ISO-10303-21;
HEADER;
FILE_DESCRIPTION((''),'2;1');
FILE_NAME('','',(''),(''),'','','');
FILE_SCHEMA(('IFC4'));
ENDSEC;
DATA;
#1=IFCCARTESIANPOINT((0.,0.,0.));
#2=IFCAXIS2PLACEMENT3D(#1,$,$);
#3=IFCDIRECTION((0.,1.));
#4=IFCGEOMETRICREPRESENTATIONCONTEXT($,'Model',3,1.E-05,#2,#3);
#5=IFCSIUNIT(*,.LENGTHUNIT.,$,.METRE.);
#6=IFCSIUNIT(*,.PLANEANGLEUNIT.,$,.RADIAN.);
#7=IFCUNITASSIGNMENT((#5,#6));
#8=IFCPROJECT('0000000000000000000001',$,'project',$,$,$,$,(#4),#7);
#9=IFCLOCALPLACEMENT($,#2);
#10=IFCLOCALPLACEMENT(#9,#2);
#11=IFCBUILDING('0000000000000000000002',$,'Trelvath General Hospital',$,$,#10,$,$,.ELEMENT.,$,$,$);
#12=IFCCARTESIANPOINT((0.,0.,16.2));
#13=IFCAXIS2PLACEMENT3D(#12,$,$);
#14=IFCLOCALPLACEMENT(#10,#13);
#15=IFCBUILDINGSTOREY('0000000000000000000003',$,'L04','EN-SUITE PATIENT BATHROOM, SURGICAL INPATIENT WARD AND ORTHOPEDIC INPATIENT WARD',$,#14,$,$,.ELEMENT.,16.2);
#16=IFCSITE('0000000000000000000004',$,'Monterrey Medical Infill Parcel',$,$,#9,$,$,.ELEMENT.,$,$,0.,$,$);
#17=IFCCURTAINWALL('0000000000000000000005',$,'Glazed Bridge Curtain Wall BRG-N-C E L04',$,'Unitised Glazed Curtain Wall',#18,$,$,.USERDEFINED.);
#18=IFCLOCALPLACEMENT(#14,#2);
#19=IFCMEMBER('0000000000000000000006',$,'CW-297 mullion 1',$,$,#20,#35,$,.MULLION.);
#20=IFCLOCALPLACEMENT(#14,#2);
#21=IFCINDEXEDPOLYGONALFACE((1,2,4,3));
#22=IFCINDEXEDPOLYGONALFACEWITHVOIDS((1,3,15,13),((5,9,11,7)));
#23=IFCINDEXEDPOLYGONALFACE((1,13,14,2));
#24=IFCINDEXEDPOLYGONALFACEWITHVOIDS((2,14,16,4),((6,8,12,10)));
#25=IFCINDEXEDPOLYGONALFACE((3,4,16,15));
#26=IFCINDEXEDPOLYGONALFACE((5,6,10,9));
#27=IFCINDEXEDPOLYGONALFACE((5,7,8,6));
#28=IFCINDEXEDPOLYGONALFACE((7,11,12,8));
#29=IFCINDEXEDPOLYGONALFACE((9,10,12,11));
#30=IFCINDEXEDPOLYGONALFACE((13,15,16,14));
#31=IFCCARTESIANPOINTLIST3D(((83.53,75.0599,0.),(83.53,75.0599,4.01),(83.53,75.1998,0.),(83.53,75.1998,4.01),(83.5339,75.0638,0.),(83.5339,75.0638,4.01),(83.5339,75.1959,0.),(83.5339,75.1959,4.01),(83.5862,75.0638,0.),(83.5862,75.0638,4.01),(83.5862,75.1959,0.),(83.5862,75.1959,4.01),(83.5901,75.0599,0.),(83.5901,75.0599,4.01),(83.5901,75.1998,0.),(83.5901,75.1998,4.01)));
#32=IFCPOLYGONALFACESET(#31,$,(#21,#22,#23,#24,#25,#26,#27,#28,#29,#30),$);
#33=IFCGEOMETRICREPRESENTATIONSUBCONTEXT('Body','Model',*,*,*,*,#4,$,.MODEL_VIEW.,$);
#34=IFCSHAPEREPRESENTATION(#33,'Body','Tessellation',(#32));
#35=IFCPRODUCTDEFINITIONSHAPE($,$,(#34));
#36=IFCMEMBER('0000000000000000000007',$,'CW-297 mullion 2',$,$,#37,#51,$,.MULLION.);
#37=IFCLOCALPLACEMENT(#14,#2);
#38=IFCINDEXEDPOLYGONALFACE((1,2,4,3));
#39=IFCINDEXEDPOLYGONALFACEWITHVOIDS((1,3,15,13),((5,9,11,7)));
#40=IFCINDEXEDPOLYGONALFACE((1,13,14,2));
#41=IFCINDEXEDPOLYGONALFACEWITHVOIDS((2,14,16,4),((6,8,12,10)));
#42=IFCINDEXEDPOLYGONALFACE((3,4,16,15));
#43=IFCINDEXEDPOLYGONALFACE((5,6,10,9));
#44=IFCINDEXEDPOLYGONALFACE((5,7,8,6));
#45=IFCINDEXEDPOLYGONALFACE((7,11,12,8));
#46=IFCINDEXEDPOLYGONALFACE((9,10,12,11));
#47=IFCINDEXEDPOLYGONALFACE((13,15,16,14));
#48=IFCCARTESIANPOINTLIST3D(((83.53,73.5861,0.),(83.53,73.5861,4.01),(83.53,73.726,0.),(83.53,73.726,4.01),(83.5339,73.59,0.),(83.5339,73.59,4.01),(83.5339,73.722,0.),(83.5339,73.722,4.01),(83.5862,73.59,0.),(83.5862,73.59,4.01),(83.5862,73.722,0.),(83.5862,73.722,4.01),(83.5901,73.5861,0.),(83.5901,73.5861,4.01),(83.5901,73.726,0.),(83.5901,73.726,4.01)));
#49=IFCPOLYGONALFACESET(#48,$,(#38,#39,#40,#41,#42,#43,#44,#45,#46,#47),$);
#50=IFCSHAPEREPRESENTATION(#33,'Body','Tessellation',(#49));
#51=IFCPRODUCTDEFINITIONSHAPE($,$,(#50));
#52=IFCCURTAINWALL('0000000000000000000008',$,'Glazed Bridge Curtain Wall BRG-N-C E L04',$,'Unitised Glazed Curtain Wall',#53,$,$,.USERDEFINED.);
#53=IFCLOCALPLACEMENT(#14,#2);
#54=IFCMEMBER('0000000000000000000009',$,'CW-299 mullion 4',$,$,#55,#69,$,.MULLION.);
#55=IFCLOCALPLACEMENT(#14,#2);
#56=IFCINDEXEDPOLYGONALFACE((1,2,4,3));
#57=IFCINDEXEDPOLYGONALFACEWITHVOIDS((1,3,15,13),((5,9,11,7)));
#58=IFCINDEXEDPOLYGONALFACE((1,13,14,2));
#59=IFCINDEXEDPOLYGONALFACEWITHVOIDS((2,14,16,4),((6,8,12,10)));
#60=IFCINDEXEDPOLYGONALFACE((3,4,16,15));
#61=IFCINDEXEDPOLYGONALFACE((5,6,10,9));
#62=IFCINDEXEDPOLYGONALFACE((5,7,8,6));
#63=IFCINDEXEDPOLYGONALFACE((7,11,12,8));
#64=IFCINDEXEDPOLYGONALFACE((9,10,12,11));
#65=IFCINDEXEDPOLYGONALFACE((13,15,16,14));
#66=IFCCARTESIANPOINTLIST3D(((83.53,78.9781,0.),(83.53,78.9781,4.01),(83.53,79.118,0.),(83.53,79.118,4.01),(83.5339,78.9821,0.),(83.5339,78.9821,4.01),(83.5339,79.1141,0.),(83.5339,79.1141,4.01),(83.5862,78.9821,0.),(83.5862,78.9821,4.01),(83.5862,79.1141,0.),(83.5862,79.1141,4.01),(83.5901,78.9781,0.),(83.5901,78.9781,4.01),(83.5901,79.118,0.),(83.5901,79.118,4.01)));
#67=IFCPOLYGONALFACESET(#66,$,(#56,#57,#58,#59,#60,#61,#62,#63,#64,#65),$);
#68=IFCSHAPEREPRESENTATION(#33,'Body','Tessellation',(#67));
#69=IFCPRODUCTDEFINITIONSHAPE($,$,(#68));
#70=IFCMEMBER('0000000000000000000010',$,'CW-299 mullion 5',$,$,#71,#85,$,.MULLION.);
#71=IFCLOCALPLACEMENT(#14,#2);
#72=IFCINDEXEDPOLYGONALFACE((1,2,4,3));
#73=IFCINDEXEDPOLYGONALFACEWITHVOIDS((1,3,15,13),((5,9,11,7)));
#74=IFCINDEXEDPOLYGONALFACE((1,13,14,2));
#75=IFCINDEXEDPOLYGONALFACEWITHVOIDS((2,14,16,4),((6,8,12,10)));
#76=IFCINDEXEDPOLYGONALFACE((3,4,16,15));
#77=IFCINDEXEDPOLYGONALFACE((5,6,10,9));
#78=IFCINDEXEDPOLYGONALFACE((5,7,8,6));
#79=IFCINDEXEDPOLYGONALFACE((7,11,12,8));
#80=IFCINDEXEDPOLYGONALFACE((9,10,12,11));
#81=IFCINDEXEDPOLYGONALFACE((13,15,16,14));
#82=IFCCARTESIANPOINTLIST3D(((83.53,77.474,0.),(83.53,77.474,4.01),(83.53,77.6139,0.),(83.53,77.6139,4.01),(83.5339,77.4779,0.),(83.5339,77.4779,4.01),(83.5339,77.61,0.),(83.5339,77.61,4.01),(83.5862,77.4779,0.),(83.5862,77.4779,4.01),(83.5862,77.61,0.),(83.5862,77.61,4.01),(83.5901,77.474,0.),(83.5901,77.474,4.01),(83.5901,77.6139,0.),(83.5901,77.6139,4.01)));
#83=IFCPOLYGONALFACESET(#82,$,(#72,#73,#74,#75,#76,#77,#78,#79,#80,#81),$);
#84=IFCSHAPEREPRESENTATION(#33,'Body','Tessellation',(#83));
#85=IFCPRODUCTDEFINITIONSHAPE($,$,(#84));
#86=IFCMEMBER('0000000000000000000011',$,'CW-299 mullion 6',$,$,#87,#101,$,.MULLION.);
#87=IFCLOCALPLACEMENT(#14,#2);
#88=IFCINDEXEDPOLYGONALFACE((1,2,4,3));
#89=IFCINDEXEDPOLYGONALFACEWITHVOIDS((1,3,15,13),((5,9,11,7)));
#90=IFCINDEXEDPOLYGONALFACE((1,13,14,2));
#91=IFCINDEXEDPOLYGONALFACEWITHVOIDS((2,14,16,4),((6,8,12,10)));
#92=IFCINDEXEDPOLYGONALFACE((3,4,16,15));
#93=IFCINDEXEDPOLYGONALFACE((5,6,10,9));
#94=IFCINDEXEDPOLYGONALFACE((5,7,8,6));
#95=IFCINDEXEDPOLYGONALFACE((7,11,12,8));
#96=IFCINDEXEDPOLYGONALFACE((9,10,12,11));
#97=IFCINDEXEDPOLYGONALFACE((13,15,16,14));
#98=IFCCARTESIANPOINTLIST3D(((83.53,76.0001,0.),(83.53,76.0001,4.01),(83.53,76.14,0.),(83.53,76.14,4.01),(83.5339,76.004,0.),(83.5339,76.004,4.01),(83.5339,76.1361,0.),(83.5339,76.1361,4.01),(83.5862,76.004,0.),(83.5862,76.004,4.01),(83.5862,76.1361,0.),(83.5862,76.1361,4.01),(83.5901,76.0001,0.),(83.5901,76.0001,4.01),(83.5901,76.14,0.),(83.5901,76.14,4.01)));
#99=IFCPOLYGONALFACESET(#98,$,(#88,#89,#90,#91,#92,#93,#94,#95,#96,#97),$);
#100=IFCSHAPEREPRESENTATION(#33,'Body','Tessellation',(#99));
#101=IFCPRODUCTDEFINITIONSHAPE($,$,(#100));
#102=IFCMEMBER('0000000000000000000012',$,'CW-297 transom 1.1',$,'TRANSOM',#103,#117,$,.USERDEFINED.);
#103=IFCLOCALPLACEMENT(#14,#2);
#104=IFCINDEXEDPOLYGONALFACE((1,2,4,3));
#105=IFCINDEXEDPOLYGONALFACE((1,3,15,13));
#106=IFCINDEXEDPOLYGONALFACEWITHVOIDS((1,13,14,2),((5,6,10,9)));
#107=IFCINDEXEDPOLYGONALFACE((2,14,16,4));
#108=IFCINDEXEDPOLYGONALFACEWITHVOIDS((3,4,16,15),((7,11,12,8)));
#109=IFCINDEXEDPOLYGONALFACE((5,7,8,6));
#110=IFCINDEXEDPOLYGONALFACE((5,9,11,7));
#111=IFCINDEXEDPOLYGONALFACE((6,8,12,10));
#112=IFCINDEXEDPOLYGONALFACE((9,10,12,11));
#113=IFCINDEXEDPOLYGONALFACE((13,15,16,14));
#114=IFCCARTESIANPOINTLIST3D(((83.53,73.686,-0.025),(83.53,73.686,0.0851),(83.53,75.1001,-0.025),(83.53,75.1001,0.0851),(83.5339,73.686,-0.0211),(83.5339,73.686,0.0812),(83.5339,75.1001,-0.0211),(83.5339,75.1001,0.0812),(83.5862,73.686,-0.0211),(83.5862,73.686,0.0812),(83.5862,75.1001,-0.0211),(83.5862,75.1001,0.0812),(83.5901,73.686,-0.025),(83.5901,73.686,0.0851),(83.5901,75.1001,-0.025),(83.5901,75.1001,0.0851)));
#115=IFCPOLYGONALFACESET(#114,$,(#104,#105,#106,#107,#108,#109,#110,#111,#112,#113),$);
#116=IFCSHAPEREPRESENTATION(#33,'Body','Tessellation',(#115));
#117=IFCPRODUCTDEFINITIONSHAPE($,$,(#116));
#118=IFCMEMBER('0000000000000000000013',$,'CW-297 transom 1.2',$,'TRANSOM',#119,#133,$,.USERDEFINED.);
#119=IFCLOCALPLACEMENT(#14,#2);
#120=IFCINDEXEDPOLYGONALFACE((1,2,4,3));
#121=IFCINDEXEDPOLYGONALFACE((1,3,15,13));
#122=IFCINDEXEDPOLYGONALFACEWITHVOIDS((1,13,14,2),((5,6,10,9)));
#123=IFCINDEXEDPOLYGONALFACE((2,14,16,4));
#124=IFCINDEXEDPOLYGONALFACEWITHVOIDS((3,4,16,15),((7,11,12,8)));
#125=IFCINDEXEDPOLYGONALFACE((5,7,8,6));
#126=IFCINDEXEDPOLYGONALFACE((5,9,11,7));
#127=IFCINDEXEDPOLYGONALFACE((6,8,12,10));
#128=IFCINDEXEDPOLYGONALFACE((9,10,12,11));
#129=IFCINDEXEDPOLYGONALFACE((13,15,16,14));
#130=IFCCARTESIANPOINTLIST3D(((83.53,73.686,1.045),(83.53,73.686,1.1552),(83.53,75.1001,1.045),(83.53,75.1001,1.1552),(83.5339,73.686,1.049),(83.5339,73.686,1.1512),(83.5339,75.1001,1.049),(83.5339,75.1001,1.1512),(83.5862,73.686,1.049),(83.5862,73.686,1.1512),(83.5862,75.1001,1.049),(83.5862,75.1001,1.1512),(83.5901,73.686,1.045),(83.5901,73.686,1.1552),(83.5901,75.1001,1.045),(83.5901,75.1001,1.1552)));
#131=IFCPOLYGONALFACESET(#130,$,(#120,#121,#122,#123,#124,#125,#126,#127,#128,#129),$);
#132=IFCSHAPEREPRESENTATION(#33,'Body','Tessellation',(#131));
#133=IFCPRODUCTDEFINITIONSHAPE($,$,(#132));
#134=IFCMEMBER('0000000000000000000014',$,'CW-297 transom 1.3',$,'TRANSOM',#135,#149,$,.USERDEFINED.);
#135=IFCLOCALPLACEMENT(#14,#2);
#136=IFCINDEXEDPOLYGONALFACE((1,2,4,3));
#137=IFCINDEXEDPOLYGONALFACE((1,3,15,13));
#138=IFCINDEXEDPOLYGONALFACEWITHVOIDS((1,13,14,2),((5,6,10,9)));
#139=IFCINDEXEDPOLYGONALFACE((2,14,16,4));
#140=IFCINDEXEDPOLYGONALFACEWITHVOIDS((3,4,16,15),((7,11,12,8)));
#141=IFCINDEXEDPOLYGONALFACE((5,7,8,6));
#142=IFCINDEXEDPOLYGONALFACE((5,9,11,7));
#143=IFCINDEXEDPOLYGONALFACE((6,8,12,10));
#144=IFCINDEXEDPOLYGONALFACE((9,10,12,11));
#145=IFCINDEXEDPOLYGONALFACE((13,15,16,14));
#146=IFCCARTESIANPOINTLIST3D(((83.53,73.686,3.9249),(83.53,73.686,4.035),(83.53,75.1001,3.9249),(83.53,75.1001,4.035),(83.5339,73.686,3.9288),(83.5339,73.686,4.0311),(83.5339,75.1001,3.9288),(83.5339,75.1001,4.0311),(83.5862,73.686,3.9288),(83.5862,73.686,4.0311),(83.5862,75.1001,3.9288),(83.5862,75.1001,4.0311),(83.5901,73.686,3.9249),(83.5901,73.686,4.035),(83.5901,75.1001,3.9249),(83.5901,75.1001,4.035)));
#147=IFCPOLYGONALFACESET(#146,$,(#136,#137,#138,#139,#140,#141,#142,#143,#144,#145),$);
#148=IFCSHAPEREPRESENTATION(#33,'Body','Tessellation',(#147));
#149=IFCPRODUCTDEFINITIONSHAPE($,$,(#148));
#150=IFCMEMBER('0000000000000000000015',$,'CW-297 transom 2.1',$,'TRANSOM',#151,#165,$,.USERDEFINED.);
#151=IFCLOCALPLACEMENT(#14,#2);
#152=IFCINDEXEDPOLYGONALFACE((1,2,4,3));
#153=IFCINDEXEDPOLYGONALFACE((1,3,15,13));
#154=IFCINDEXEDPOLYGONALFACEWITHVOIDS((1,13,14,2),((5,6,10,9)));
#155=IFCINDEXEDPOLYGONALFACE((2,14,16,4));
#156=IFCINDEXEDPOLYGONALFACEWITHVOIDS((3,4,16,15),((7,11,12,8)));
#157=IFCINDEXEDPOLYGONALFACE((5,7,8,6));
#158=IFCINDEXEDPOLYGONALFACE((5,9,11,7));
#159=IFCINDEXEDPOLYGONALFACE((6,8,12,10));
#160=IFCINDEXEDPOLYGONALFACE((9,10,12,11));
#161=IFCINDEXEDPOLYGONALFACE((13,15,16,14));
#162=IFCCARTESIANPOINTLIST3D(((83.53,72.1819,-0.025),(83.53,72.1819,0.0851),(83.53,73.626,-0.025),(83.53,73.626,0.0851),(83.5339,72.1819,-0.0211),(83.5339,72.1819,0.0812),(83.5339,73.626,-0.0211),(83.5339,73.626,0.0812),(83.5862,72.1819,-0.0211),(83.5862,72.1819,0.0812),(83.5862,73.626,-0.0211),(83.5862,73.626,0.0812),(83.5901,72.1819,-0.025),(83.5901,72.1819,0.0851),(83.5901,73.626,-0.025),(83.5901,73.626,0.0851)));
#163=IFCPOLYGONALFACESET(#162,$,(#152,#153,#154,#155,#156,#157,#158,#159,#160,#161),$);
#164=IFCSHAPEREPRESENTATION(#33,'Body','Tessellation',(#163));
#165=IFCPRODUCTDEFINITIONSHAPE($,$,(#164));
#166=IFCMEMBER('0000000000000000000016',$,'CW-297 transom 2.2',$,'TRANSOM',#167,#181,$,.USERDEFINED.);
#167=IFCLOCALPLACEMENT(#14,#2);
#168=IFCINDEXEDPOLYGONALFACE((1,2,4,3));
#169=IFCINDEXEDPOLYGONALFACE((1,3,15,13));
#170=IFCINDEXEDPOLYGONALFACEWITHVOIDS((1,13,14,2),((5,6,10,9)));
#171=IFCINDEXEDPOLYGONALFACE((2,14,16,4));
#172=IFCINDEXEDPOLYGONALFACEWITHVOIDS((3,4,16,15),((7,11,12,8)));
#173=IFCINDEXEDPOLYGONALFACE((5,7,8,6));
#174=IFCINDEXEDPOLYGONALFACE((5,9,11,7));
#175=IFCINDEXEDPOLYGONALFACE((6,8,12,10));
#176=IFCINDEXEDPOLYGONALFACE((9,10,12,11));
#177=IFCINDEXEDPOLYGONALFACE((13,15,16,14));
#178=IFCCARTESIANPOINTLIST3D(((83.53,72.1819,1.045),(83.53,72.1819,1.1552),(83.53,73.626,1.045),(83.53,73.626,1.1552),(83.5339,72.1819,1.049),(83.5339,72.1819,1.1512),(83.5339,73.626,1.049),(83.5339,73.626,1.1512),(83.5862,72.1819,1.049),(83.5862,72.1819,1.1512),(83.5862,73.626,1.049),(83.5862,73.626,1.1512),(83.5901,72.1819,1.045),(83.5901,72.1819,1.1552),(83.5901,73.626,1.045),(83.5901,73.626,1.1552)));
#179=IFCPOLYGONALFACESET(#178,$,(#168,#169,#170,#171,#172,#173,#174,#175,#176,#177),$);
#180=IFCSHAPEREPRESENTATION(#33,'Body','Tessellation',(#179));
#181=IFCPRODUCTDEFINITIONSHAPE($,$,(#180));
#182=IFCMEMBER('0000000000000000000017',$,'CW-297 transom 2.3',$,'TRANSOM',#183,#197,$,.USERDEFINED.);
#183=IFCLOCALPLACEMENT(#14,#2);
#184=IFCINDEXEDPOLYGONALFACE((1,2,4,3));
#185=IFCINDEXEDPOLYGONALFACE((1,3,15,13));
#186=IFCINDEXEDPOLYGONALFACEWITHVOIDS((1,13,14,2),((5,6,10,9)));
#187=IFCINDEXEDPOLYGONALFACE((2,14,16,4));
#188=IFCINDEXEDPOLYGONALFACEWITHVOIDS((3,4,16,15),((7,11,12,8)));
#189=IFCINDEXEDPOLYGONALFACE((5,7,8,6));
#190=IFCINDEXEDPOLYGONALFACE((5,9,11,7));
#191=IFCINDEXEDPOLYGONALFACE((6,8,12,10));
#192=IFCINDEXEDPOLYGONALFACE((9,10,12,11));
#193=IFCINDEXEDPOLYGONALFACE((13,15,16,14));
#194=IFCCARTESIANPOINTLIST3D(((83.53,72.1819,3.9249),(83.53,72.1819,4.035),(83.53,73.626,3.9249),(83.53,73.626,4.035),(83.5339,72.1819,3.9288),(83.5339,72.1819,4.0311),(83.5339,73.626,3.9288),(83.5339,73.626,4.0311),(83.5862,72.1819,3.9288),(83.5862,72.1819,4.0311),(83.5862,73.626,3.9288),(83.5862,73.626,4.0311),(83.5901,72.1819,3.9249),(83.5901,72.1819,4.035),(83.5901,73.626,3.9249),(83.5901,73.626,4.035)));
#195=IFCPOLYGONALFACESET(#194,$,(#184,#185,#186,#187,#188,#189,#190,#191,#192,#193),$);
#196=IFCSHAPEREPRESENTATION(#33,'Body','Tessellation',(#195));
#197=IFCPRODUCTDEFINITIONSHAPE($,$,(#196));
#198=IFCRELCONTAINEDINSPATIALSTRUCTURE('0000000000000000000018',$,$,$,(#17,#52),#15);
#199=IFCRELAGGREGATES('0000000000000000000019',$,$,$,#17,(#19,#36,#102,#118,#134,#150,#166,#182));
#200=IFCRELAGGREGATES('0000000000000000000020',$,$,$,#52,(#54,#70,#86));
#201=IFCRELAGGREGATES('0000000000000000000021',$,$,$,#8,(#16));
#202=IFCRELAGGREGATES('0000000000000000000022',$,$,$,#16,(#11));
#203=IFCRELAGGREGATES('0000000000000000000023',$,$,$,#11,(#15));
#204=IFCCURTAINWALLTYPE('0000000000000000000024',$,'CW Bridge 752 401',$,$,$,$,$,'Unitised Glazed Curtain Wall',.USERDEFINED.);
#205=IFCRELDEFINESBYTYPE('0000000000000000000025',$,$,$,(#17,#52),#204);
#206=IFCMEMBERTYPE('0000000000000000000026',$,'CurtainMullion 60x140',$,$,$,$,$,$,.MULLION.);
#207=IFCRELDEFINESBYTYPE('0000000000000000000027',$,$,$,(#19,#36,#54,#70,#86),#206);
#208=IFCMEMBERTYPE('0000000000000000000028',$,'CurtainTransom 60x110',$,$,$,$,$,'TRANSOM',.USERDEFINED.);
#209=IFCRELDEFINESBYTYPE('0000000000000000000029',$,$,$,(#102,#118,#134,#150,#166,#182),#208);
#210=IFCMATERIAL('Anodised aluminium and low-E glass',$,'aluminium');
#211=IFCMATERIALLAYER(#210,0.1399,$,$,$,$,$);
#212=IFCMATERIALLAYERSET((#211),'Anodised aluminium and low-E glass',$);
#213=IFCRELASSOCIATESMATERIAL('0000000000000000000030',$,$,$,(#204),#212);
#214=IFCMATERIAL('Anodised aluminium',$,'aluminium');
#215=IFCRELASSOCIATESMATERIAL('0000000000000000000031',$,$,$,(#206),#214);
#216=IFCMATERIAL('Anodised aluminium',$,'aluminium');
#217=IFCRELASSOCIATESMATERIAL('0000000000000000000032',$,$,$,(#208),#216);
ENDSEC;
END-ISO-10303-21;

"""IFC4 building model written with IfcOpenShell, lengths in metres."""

from ifc_helpers import new_model, si_unit, direction, frame, origin, origin_2d, place, context, subcontext, project, spatial, hollow_rectangle, extrude, material, layer, layer_set, material_profile, profile_set, type_object, element, aggregate, save


model = new_model("IFC4")

# Units and contexts
model_context = context("Model", 3, precision=1e-05, world=origin(), true_north=direction((0.0, 1.0)))
body_context = subcontext(model_context, "Body", "Model", "MODEL_VIEW")
ifc_project = project(units=[si_unit("LENGTHUNIT", "METRE"), si_unit("PLANEANGLEUNIT", "RADIAN")], contexts=[model_context])

# Site, building, storey
site_placement = place(None, origin())
site = spatial("IfcSite", under=ifc_project, at=site_placement, Name="Monterrey Medical Infill Parcel", CompositionType="ELEMENT", RefElevation=0.0)
building_placement = place(site_placement, origin())
building = spatial("IfcBuilding", under=site, at=building_placement, Name="Trelvath General Hospital", CompositionType="ELEMENT")
storey_placement = place(building_placement, frame((0.0, 0.0, 16.2)))
storey = spatial("IfcBuildingStorey", under=building, at=storey_placement, Name="L04", Description="EN-SUITE PATIENT BATHROOM, SURGICAL INPATIENT WARD AND ORTHOPEDIC INPATIENT WARD", CompositionType="ELEMENT", Elevation=16.2)

# Curtain walls, members
ifc_material_1 = material(Name="Anodised aluminium and low-E glass", Category="aluminium")
ifc_layer_1 = layer(ifc_material_1, 0.1399)
ifc_layer_set_1 = layer_set([ifc_layer_1], Name="Anodised aluminium and low-E glass")
curtain_wall_type = type_object("IfcCurtainWallType", Name="CW Bridge 752 401", ElementType="Unitised Glazed Curtain Wall", PredefinedType="USERDEFINED", material=ifc_layer_set_1)
curtain_wall_1_placement = place(storey_placement, origin())
curtain_wall_1 = element("IfcCurtainWall", 1, at=curtain_wall_1_placement, inside=storey, type_object=curtain_wall_type, Name="Glazed Bridge Curtain Wall BRG-N-C E L04", ObjectType="Unitised Glazed Curtain Wall", PredefinedType="USERDEFINED")
ifc_material_2 = material(Name="Anodised aluminium", Category="aluminium")
ifc_material_profile_1 = material_profile(ifc_material_2, hollow_rectangle(XDim=0.0601, YDim=0.1399, WallThickness=0.0039, at=origin_2d()), Name="RHS60x140x4")
ifc_profile_set_1 = profile_set([ifc_material_profile_1], Name="Anodised aluminium")
member_type_1 = type_object("IfcMemberType", Name="CurtainMullion 60x140", PredefinedType="MULLION", material=ifc_profile_set_1)
member_1_placement = place(storey_placement, frame((83.5601, 75.1299, 0.0), z_axis=(0.0, 0.0, 1.0), x_axis=(1.0, 0.0, 0.0)))
member_1 = element("IfcMember", 2, at=member_1_placement, type_object=member_type_1, Name="CW-297 mullion 1", PredefinedType="MULLION", context=body_context, shape_type="SweptSolid", body=[
    extrude(hollow_rectangle(XDim=0.0601, YDim=0.1399, WallThickness=0.0039, at=origin_2d()), origin(), (0.0, 0.0, 1.0), 4.01),
])
member_2_placement = place(storey_placement, frame((83.5601, 73.656, 0.0), z_axis=(0.0, 0.0, 1.0), x_axis=(1.0, 0.0, 0.0)))
member_2 = element("IfcMember", 3, at=member_2_placement, type_object=member_type_1, Name="CW-297 mullion 2", PredefinedType="MULLION", context=body_context, shape_type="SweptSolid", body=[
    extrude(hollow_rectangle(XDim=0.0601, YDim=0.1399, WallThickness=0.0039, at=origin_2d()), origin(), (0.0, 0.0, 1.0), 4.01),
])
curtain_wall_2_placement = place(storey_placement, origin())
curtain_wall_2 = element("IfcCurtainWall", 4, at=curtain_wall_2_placement, inside=storey, type_object=curtain_wall_type, Name="Glazed Bridge Curtain Wall BRG-N-C E L04", ObjectType="Unitised Glazed Curtain Wall", PredefinedType="USERDEFINED")
member_3_placement = place(storey_placement, frame((83.5601, 79.0481, 0.0), z_axis=(0.0, 0.0, 1.0), x_axis=(1.0, 0.0, 0.0)))
member_3 = element("IfcMember", 5, at=member_3_placement, type_object=member_type_1, Name="CW-299 mullion 4", PredefinedType="MULLION", context=body_context, shape_type="SweptSolid", body=[
    extrude(hollow_rectangle(XDim=0.0601, YDim=0.1399, WallThickness=0.0039, at=origin_2d()), origin(), (0.0, 0.0, 1.0), 4.01),
])
member_4_placement = place(storey_placement, frame((83.5601, 77.5439, 0.0), z_axis=(0.0, 0.0, 1.0), x_axis=(1.0, 0.0, 0.0)))
member_4 = element("IfcMember", 6, at=member_4_placement, type_object=member_type_1, Name="CW-299 mullion 5", PredefinedType="MULLION", context=body_context, shape_type="SweptSolid", body=[
    extrude(hollow_rectangle(XDim=0.0601, YDim=0.1399, WallThickness=0.0039, at=origin_2d()), origin(), (0.0, 0.0, 1.0), 4.01),
])
member_5_placement = place(storey_placement, frame((83.5601, 76.0701, 0.0), z_axis=(0.0, 0.0, 1.0), x_axis=(1.0, 0.0, 0.0)))
member_5 = element("IfcMember", 7, at=member_5_placement, type_object=member_type_1, Name="CW-299 mullion 6", PredefinedType="MULLION", context=body_context, shape_type="SweptSolid", body=[
    extrude(hollow_rectangle(XDim=0.0601, YDim=0.1399, WallThickness=0.0039, at=origin_2d()), origin(), (0.0, 0.0, 1.0), 4.01),
])

# Members
ifc_material_3 = material(Name="Anodised aluminium", Category="aluminium")
ifc_material_profile_2 = material_profile(ifc_material_3, hollow_rectangle(XDim=0.0601, YDim=0.1101, WallThickness=0.0039, at=origin_2d()), Name="RHS60x110x4")
ifc_profile_set_2 = profile_set([ifc_material_profile_2], Name="Anodised aluminium")
member_type_2 = type_object("IfcMemberType", Name="CurtainTransom 60x110", ElementType="TRANSOM", PredefinedType="USERDEFINED", material=ifc_profile_set_2)
member_6_placement = place(storey_placement, frame((83.5601, 75.1001, 0.03), z_axis=(0.0, -1.0, 0.0), x_axis=(1.0, 0.0, 0.0)))
member_6 = element("IfcMember", 8, at=member_6_placement, type_object=member_type_2, Name="CW-297 transom 1.1", ObjectType="TRANSOM", PredefinedType="USERDEFINED", context=body_context, shape_type="SweptSolid", body=[
    extrude(hollow_rectangle(XDim=0.0601, YDim=0.1101, WallThickness=0.0039, at=origin_2d()), origin(), (0.0, 0.0, 1.0), 1.4141),
])
member_7_placement = place(storey_placement, frame((83.5601, 75.1001, 1.1001), z_axis=(0.0, -1.0, 0.0), x_axis=(1.0, 0.0, 0.0)))
member_7 = element("IfcMember", 9, at=member_7_placement, type_object=member_type_2, Name="CW-297 transom 1.2", ObjectType="TRANSOM", PredefinedType="USERDEFINED", context=body_context, shape_type="SweptSolid", body=[
    extrude(hollow_rectangle(XDim=0.0601, YDim=0.1101, WallThickness=0.0039, at=origin_2d()), origin(), (0.0, 0.0, 1.0), 1.4141),
])
member_8_placement = place(storey_placement, frame((83.5601, 75.1001, 3.98), z_axis=(0.0, -1.0, 0.0), x_axis=(1.0, 0.0, 0.0)))
member_8 = element("IfcMember", 10, at=member_8_placement, type_object=member_type_2, Name="CW-297 transom 1.3", ObjectType="TRANSOM", PredefinedType="USERDEFINED", context=body_context, shape_type="SweptSolid", body=[
    extrude(hollow_rectangle(XDim=0.0601, YDim=0.1101, WallThickness=0.0039, at=origin_2d()), origin(), (0.0, 0.0, 1.0), 1.4141),
])
member_9_placement = place(storey_placement, frame((83.5601, 73.626, 0.03), z_axis=(0.0, -1.0, 0.0), x_axis=(1.0, 0.0, 0.0)))
member_9 = element("IfcMember", 11, at=member_9_placement, type_object=member_type_2, Name="CW-297 transom 2.1", ObjectType="TRANSOM", PredefinedType="USERDEFINED", context=body_context, shape_type="SweptSolid", body=[
    extrude(hollow_rectangle(XDim=0.0601, YDim=0.1101, WallThickness=0.0039, at=origin_2d()), origin(), (0.0, 0.0, 1.0), 1.4441),
])
member_10_placement = place(storey_placement, frame((83.5601, 73.626, 1.1001), z_axis=(0.0, -1.0, 0.0), x_axis=(1.0, 0.0, 0.0)))
member_10 = element("IfcMember", 12, at=member_10_placement, type_object=member_type_2, Name="CW-297 transom 2.2", ObjectType="TRANSOM", PredefinedType="USERDEFINED", context=body_context, shape_type="SweptSolid", body=[
    extrude(hollow_rectangle(XDim=0.0601, YDim=0.1101, WallThickness=0.0039, at=origin_2d()), origin(), (0.0, 0.0, 1.0), 1.4441),
])
member_11_placement = place(storey_placement, frame((83.5601, 73.626, 3.98), z_axis=(0.0, -1.0, 0.0), x_axis=(1.0, 0.0, 0.0)))
member_11 = element("IfcMember", 13, at=member_11_placement, type_object=member_type_2, Name="CW-297 transom 2.3", ObjectType="TRANSOM", PredefinedType="USERDEFINED", context=body_context, shape_type="SweptSolid", body=[
    extrude(hollow_rectangle(XDim=0.0601, YDim=0.1101, WallThickness=0.0039, at=origin_2d()), origin(), (0.0, 0.0, 1.0), 1.4441),
])

aggregate(curtain_wall_1, [member_1, member_2, member_6, member_7, member_8, member_9, member_10, member_11])
aggregate(curtain_wall_2, [member_3, member_4, member_5])

save(model, "model.ifc")
